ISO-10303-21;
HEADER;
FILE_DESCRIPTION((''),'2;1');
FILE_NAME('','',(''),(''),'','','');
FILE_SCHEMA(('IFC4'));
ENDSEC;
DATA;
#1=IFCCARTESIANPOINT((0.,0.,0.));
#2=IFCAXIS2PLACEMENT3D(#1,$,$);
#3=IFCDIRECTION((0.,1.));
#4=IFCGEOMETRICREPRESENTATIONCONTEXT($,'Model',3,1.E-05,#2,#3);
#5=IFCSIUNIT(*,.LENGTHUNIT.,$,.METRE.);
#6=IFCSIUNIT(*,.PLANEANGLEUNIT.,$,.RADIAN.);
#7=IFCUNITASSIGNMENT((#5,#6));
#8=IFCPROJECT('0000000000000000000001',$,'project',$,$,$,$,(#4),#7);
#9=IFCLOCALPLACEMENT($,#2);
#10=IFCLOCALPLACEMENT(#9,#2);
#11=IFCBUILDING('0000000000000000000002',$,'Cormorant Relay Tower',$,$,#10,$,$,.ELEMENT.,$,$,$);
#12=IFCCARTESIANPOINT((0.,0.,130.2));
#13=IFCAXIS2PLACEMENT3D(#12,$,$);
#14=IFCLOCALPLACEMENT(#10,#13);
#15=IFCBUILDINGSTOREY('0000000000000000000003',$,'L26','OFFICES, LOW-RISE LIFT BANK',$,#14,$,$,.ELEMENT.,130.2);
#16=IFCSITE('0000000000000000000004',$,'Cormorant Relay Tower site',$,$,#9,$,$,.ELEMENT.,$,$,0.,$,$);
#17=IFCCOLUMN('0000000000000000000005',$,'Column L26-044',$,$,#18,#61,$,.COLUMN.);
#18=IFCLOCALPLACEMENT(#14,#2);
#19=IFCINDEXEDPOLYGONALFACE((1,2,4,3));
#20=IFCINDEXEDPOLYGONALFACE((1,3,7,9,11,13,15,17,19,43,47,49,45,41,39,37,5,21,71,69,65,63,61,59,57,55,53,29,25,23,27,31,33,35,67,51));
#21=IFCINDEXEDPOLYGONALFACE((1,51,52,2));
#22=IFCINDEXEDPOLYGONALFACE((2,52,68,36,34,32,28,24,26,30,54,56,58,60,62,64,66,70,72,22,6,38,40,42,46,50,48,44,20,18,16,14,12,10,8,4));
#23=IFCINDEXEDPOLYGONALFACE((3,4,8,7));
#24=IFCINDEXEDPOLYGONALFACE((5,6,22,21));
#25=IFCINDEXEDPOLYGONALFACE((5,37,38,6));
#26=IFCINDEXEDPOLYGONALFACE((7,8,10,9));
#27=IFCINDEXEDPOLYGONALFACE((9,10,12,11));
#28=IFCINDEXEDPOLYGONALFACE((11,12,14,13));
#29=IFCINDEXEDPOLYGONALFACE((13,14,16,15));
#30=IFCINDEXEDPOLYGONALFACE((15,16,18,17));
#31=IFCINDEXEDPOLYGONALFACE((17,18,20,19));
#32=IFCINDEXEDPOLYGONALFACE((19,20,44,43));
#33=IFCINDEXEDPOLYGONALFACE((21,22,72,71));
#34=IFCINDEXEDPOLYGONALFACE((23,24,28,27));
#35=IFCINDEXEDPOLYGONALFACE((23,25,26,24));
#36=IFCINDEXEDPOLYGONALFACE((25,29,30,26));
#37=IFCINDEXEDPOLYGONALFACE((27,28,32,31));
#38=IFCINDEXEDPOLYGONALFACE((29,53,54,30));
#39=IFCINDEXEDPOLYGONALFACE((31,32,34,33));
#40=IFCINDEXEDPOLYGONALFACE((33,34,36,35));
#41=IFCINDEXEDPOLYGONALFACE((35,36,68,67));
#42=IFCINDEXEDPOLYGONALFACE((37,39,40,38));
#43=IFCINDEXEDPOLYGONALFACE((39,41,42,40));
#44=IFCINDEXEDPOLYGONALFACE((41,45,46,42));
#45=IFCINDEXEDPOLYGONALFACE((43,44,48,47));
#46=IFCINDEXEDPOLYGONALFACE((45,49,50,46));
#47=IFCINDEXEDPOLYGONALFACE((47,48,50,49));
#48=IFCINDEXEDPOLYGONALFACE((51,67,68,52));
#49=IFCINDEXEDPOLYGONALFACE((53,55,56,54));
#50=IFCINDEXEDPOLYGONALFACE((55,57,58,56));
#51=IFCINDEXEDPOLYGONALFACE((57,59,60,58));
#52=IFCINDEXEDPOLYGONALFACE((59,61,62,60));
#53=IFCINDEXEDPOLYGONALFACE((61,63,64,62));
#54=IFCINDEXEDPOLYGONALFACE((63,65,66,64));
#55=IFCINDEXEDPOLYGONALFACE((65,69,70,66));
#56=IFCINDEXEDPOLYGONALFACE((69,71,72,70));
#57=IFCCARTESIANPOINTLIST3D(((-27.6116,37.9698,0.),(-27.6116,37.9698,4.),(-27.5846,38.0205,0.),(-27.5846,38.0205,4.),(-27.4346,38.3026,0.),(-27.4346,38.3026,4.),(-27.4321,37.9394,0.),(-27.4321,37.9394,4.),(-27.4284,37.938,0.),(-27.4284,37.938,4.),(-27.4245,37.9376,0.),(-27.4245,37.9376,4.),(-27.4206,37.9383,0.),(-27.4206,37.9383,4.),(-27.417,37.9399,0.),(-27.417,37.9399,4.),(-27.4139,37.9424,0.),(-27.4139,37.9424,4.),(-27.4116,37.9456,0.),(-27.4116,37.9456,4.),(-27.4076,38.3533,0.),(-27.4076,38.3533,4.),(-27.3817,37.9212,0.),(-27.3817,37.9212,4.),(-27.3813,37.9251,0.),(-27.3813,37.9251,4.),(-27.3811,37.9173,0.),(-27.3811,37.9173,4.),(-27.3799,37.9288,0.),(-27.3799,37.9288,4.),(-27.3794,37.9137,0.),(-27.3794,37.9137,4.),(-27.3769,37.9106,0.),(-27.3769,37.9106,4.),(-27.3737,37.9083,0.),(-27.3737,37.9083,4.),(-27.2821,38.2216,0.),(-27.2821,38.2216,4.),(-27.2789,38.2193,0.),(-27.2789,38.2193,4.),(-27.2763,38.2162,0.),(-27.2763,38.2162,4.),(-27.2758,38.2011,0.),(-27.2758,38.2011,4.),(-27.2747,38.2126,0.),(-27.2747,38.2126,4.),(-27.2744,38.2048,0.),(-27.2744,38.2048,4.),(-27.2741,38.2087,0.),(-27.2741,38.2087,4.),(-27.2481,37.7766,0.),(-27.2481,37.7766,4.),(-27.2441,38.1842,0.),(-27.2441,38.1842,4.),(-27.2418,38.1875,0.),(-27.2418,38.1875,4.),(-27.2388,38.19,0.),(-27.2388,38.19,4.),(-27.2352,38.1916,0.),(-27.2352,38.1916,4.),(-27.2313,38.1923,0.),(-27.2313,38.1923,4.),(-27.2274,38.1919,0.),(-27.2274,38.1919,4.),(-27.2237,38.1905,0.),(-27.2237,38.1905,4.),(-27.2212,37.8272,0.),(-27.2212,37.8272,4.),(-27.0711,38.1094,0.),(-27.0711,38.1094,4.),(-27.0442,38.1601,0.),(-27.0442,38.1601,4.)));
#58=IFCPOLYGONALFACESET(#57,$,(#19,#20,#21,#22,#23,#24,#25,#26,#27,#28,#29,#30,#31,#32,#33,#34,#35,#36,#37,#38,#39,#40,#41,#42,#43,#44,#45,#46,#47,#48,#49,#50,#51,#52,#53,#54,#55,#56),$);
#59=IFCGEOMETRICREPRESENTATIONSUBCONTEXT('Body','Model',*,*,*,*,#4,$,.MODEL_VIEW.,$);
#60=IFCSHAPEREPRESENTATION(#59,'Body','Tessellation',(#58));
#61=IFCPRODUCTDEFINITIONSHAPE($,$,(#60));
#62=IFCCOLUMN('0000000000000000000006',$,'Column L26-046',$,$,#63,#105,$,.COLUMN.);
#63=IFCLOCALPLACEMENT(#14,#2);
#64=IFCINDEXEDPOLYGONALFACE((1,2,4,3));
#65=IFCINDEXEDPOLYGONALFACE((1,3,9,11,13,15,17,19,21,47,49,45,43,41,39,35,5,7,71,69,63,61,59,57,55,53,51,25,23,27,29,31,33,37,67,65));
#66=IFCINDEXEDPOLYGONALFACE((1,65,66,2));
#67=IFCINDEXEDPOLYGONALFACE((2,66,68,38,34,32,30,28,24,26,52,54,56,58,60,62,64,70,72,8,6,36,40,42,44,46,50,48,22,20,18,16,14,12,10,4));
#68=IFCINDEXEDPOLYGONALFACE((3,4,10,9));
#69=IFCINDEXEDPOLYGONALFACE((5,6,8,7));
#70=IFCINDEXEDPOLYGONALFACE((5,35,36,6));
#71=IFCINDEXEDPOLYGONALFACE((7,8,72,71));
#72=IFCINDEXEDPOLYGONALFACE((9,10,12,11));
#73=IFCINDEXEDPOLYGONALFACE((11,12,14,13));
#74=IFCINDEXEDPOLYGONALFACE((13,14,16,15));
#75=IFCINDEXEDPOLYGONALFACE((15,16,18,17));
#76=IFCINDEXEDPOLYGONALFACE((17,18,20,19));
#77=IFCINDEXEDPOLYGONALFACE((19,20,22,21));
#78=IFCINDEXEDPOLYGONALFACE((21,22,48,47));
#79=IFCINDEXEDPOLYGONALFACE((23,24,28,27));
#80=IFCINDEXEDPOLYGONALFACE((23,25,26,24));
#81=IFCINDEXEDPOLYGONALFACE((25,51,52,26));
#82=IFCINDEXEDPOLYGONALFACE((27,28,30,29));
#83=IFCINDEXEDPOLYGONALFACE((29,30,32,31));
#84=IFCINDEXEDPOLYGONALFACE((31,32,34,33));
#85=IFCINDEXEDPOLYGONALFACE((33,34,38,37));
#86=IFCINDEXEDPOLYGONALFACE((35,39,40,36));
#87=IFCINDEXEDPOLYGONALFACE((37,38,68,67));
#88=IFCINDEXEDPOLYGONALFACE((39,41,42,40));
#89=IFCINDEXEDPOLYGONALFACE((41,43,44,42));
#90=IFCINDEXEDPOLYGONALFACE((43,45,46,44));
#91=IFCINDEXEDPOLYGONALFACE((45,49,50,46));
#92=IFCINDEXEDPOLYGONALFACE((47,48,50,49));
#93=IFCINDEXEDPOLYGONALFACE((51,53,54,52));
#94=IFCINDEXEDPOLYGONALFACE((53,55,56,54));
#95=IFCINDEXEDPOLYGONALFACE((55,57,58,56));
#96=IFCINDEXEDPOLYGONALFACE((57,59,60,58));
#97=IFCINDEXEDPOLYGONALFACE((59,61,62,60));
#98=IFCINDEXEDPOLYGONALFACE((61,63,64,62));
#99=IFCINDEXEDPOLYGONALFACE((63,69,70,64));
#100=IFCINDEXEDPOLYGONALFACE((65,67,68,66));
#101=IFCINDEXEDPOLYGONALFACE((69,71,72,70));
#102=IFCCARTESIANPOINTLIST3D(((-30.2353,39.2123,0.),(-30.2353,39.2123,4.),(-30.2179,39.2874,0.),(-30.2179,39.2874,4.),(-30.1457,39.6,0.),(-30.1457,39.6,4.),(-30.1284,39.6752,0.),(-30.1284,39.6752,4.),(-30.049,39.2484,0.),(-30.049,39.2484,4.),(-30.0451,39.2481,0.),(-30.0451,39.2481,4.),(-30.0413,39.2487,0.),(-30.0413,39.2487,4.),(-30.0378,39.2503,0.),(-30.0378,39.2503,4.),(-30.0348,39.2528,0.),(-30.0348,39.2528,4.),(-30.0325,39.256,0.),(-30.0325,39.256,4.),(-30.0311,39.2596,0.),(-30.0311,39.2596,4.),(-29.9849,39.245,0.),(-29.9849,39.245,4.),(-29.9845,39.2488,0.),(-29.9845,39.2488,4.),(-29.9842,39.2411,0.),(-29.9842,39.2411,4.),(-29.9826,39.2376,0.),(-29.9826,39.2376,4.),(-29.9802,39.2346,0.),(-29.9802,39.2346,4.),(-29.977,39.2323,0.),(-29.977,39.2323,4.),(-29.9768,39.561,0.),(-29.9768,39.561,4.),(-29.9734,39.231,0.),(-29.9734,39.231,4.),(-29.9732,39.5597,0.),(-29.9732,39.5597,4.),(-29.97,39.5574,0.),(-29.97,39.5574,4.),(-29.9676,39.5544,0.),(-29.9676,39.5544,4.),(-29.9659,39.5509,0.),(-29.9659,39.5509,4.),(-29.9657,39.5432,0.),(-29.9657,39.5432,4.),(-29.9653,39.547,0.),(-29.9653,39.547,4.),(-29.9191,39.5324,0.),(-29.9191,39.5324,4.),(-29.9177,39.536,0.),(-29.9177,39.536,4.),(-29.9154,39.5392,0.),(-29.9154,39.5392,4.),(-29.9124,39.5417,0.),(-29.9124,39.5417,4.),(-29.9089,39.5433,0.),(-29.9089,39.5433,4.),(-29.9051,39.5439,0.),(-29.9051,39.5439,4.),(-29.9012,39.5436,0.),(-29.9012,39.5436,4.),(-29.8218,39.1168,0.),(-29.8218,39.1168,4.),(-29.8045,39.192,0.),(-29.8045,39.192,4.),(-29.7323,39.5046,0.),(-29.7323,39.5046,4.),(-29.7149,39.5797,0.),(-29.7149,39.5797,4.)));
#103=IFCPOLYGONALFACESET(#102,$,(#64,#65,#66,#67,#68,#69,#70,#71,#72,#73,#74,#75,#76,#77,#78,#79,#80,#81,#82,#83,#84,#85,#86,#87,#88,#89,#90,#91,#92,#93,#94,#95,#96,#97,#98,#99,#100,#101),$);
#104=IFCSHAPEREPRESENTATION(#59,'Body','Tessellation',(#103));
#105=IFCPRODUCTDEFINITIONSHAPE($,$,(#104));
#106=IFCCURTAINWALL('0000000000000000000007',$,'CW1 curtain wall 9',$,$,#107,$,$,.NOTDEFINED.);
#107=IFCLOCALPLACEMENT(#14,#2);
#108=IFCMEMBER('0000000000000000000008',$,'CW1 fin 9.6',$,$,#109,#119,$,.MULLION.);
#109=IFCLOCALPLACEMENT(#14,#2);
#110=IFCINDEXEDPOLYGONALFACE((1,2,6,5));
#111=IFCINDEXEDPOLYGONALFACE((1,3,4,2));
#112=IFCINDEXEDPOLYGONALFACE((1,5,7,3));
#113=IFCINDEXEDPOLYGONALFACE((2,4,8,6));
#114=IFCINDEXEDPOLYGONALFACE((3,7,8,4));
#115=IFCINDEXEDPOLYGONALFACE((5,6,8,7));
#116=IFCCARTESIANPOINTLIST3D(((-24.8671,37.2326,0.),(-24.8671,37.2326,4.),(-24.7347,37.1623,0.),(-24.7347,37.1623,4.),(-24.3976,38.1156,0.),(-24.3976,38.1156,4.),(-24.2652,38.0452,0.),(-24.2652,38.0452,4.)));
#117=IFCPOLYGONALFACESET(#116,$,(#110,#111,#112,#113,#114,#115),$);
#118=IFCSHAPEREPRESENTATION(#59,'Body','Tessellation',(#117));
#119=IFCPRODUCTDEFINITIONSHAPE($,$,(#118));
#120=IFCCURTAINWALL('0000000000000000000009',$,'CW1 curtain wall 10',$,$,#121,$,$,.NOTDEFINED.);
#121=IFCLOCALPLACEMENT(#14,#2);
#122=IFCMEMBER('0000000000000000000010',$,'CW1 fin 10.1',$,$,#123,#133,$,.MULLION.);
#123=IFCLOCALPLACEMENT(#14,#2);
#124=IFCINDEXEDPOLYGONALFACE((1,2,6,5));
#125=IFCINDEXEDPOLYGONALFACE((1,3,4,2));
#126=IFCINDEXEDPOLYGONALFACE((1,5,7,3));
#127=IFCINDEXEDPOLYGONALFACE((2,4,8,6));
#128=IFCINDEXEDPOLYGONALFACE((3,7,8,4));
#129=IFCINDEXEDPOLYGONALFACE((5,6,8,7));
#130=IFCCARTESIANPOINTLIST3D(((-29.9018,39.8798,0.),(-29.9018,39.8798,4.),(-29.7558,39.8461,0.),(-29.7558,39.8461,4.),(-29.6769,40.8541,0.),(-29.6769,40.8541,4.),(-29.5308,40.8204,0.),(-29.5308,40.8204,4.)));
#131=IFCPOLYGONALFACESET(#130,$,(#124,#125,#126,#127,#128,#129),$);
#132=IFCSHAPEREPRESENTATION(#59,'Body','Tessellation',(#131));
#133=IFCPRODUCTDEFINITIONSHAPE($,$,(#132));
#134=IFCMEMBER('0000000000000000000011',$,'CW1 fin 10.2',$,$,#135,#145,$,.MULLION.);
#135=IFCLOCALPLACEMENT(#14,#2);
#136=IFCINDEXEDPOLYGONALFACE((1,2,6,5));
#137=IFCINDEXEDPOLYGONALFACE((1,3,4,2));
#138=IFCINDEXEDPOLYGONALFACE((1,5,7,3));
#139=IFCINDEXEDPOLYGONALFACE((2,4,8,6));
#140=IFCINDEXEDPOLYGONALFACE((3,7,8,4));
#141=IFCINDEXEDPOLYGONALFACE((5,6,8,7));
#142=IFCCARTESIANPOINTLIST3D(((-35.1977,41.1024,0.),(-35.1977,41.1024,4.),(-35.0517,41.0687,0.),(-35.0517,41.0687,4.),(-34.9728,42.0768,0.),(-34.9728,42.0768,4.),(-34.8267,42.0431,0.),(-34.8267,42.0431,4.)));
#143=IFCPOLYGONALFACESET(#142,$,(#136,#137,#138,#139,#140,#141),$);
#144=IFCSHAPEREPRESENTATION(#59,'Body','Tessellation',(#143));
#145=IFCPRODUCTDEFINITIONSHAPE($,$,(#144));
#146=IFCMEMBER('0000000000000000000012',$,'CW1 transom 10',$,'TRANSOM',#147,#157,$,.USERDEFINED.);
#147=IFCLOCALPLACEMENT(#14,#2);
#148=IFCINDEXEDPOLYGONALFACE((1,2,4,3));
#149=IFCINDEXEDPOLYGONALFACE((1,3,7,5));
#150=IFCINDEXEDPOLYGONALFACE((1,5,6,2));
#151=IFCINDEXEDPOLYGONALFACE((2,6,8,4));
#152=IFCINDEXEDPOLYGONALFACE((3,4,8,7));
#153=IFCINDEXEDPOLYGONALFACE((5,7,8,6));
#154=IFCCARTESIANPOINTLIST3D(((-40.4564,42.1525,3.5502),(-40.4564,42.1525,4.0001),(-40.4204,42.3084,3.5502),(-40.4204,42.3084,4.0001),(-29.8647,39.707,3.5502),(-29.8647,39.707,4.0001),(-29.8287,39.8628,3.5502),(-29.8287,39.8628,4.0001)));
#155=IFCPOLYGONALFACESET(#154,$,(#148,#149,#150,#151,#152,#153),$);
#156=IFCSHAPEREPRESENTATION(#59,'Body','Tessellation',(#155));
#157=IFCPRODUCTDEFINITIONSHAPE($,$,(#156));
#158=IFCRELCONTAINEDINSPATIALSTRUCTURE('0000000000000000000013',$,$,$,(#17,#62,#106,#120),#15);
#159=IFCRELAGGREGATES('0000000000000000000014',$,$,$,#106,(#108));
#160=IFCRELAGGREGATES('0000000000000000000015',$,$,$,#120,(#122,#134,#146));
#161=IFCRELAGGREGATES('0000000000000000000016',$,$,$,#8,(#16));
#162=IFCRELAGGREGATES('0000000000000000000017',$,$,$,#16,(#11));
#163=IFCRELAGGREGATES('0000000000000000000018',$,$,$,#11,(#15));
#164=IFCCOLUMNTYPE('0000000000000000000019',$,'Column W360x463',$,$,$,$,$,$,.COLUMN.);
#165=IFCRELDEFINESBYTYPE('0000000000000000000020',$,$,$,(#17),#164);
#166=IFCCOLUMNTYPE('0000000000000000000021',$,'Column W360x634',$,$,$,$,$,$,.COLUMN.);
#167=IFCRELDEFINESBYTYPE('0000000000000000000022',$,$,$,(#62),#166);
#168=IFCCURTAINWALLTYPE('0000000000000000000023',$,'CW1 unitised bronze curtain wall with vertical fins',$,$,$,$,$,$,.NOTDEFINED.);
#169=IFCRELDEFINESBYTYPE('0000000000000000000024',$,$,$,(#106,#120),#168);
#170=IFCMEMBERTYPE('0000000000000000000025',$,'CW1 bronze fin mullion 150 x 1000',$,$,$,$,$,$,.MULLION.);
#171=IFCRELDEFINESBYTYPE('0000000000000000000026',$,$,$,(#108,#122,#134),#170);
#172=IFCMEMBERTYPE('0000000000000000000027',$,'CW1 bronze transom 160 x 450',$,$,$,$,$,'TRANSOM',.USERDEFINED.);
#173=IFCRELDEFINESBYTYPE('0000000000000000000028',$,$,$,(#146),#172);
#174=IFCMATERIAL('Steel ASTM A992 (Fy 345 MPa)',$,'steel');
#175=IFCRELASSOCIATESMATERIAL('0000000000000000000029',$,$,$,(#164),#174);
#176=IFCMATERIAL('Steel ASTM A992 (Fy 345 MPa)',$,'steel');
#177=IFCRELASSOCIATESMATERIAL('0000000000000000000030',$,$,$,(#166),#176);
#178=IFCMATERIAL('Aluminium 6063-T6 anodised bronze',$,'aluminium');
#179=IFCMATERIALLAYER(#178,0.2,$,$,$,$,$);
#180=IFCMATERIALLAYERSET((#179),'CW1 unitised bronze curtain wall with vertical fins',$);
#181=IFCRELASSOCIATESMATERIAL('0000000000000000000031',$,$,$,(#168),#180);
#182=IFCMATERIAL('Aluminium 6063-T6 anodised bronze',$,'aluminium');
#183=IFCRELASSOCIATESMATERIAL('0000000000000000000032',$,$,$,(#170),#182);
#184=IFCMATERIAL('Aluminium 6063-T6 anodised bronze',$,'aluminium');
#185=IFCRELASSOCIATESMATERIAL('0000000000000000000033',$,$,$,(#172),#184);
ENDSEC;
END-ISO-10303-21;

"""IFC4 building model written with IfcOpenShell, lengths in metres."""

from ifc_helpers import new_model, si_unit, direction, frame, origin, origin_2d, place, context, subcontext, project, spatial, rectangle, i_section, extrude, material, layer, layer_set, material_profile, profile_set, type_object, element, aggregate, save


model = new_model("IFC4")

# Units and contexts
model_context = context("Model", 3, precision=1e-05, world=origin(), true_north=direction((0.0, 1.0)))
body_context = subcontext(model_context, "Body", "Model", "MODEL_VIEW")
ifc_project = project(units=[si_unit("LENGTHUNIT", "METRE"), si_unit("PLANEANGLEUNIT", "RADIAN")], contexts=[model_context])

# Site, building, storey
site_placement = place(None, origin())
site = spatial("IfcSite", under=ifc_project, at=site_placement, Name="Cormorant Relay Tower site", CompositionType="ELEMENT", RefElevation=0.0)
building_placement = place(site_placement, origin())
building = spatial("IfcBuilding", under=site, at=building_placement, Name="Cormorant Relay Tower", CompositionType="ELEMENT")
storey_placement = place(building_placement, frame((0.0, 0.0, 130.2)))
storey = spatial("IfcBuildingStorey", under=building, at=storey_placement, Name="L26", Description="OFFICES, LOW-RISE LIFT BANK", CompositionType="ELEMENT", Elevation=130.2)

# Columns
ifc_material_1 = material(Name="Steel ASTM A992 (Fy 345 MPa)", Category="steel")
ifc_material_profile_1 = material_profile(ifc_material_1, i_section(OverallWidth=0.4116, OverallDepth=0.4343, WebThickness=0.0359, FlangeThickness=0.0574, FilletRadius=0.0151, at=origin_2d()), Name="W360x463")
ifc_profile_set_1 = profile_set([ifc_material_profile_1], Name="Steel ASTM A992 (Fy 345 MPa)")
column_type_1 = type_object("IfcColumnType", Name="Column W360x463", PredefinedType="COLUMN", material=ifc_profile_set_1)
column_1_placement = place(storey_placement, frame((-27.3279, 38.0649, 0.0), z_axis=(0.0, 0.0, 1.0), x_axis=(-0.882948, 0.469472, 0.0)))
element("IfcColumn", 1, at=column_1_placement, inside=storey, type_object=column_type_1, Name="Column L26-044", PredefinedType="COLUMN", context=body_context, shape_type="SweptSolid", body=[
    extrude(i_section(OverallWidth=0.4116, OverallDepth=0.4343, WebThickness=0.0359, FlangeThickness=0.0574, FilletRadius=0.0151, at=origin_2d()), origin(), (0.0, 0.0, 1.0), 4.0),
])
ifc_material_2 = material(Name="Steel ASTM A992 (Fy 345 MPa)", Category="steel")
ifc_material_profile_2 = material_profile(ifc_material_2, i_section(OverallWidth=0.4243, OverallDepth=0.4751, WebThickness=0.0479, FlangeThickness=0.0771, FilletRadius=0.0149, at=origin_2d()), Name="W360x634")
ifc_profile_set_2 = profile_set([ifc_material_profile_2], Name="Steel ASTM A992 (Fy 345 MPa)")
column_type_2 = type_object("IfcColumnType", Name="Column W360x634", PredefinedType="COLUMN", material=ifc_profile_set_2)
column_2_placement = place(storey_placement, frame((-29.9751, 39.396, 0.0), z_axis=(0.0, 0.0, 1.0), x_axis=(-0.97437, 0.224951, 0.0)))
element("IfcColumn", 2, at=column_2_placement, inside=storey, type_object=column_type_2, Name="Column L26-046", PredefinedType="COLUMN", context=body_context, shape_type="SweptSolid", body=[
    extrude(i_section(OverallWidth=0.4243, OverallDepth=0.4751, WebThickness=0.0479, FlangeThickness=0.0771, FilletRadius=0.0149, at=origin_2d()), origin(), (0.0, 0.0, 1.0), 4.0),
])

# Curtain wall, member
ifc_material_3 = material(Name="Aluminium 6063-T6 anodised bronze", Category="aluminium")
ifc_layer_1 = layer(ifc_material_3, 0.2)
ifc_layer_set_1 = layer_set([ifc_layer_1], Name="CW1 unitised bronze curtain wall with vertical fins")
curtain_wall_type = type_object("IfcCurtainWallType", Name="CW1 unitised bronze curtain wall with vertical fins", PredefinedType="NOTDEFINED", material=ifc_layer_set_1)
curtain_wall_1_placement = place(storey_placement, origin())
curtain_wall_1 = element("IfcCurtainWall", 3, at=curtain_wall_1_placement, inside=storey, type_object=curtain_wall_type, Name="CW1 curtain wall 9", PredefinedType="NOTDEFINED")
ifc_material_4 = material(Name="Aluminium 6063-T6 anodised bronze", Category="aluminium")
ifc_material_profile_3 = material_profile(ifc_material_4, rectangle(XDim=0.1499, YDim=1.0, at=origin_2d()), Name="AL 150x1000")
ifc_profile_set_3 = profile_set([ifc_material_profile_3], Name="Aluminium 6063-T6 anodised bronze")
member_type_1 = type_object("IfcMemberType", Name="CW1 bronze fin mullion 150 x 1000", PredefinedType="MULLION", material=ifc_profile_set_3)
member_1_placement = place(storey_placement, frame((-24.5662, 37.6389, 0.0), z_axis=(0.0, 0.0, 1.0), x_axis=(-0.882948, 0.469472, 0.0)))
member_1 = element("IfcMember", 4, at=member_1_placement, type_object=member_type_1, Name="CW1 fin 9.6", PredefinedType="MULLION", context=body_context, shape_type="SweptSolid", body=[
    extrude(rectangle(XDim=0.1499, YDim=1.0, at=origin_2d()), origin(), (0.0, 0.0, 1.0), 4.0),
])

# Curtain wall, members
curtain_wall_2_placement = place(storey_placement, origin())
curtain_wall_2 = element("IfcCurtainWall", 5, at=curtain_wall_2_placement, inside=storey, type_object=curtain_wall_type, Name="CW1 curtain wall 10", PredefinedType="NOTDEFINED")
member_2_placement = place(storey_placement, frame((-29.7163, 40.3501, 0.0), z_axis=(0.0, 0.0, 1.0), x_axis=(-0.97437, 0.224951, 0.0)))
member_2 = element("IfcMember", 6, at=member_2_placement, type_object=member_type_1, Name="CW1 fin 10.1", PredefinedType="MULLION", context=body_context, shape_type="SweptSolid", body=[
    extrude(rectangle(XDim=0.1499, YDim=1.0, at=origin_2d()), origin(), (0.0, 0.0, 1.0), 4.0),
])
member_3_placement = place(storey_placement, frame((-35.0122, 41.5728, 0.0), z_axis=(0.0, 0.0, 1.0), x_axis=(-0.97437, 0.224951, 0.0)))
member_3 = element("IfcMember", 7, at=member_3_placement, type_object=member_type_1, Name="CW1 fin 10.2", PredefinedType="MULLION", context=body_context, shape_type="SweptSolid", body=[
    extrude(rectangle(XDim=0.1499, YDim=1.0, at=origin_2d()), origin(), (0.0, 0.0, 1.0), 4.0),
])
ifc_material_5 = material(Name="Aluminium 6063-T6 anodised bronze", Category="aluminium")
ifc_material_profile_4 = material_profile(ifc_material_5, rectangle(XDim=0.1599, YDim=0.45, at=origin_2d()), Name="AL 160x450")
ifc_profile_set_4 = profile_set([ifc_material_profile_4], Name="Aluminium 6063-T6 anodised bronze")
member_type_2 = type_object("IfcMemberType", Name="CW1 bronze transom 160 x 450", ElementType="TRANSOM", PredefinedType="USERDEFINED", material=ifc_profile_set_4)
member_4_placement = place(storey_placement, frame((-29.8467, 39.7849, 3.7751), z_axis=(-0.974365, 0.224973, 0.0), x_axis=(-0.224973, -0.974365, 0.0)))
member_4 = element("IfcMember", 8, at=member_4_placement, type_object=member_type_2, Name="CW1 transom 10", ObjectType="TRANSOM", PredefinedType="USERDEFINED", context=body_context, shape_type="SweptSolid", body=[
    extrude(rectangle(XDim=0.1599, YDim=0.45, at=origin_2d()), origin(), (0.0, 0.0, 1.0), 10.8704),
])

aggregate(curtain_wall_1, [member_1])
aggregate(curtain_wall_2, [member_2, member_3, member_4])

save(model, "model.ifc")
